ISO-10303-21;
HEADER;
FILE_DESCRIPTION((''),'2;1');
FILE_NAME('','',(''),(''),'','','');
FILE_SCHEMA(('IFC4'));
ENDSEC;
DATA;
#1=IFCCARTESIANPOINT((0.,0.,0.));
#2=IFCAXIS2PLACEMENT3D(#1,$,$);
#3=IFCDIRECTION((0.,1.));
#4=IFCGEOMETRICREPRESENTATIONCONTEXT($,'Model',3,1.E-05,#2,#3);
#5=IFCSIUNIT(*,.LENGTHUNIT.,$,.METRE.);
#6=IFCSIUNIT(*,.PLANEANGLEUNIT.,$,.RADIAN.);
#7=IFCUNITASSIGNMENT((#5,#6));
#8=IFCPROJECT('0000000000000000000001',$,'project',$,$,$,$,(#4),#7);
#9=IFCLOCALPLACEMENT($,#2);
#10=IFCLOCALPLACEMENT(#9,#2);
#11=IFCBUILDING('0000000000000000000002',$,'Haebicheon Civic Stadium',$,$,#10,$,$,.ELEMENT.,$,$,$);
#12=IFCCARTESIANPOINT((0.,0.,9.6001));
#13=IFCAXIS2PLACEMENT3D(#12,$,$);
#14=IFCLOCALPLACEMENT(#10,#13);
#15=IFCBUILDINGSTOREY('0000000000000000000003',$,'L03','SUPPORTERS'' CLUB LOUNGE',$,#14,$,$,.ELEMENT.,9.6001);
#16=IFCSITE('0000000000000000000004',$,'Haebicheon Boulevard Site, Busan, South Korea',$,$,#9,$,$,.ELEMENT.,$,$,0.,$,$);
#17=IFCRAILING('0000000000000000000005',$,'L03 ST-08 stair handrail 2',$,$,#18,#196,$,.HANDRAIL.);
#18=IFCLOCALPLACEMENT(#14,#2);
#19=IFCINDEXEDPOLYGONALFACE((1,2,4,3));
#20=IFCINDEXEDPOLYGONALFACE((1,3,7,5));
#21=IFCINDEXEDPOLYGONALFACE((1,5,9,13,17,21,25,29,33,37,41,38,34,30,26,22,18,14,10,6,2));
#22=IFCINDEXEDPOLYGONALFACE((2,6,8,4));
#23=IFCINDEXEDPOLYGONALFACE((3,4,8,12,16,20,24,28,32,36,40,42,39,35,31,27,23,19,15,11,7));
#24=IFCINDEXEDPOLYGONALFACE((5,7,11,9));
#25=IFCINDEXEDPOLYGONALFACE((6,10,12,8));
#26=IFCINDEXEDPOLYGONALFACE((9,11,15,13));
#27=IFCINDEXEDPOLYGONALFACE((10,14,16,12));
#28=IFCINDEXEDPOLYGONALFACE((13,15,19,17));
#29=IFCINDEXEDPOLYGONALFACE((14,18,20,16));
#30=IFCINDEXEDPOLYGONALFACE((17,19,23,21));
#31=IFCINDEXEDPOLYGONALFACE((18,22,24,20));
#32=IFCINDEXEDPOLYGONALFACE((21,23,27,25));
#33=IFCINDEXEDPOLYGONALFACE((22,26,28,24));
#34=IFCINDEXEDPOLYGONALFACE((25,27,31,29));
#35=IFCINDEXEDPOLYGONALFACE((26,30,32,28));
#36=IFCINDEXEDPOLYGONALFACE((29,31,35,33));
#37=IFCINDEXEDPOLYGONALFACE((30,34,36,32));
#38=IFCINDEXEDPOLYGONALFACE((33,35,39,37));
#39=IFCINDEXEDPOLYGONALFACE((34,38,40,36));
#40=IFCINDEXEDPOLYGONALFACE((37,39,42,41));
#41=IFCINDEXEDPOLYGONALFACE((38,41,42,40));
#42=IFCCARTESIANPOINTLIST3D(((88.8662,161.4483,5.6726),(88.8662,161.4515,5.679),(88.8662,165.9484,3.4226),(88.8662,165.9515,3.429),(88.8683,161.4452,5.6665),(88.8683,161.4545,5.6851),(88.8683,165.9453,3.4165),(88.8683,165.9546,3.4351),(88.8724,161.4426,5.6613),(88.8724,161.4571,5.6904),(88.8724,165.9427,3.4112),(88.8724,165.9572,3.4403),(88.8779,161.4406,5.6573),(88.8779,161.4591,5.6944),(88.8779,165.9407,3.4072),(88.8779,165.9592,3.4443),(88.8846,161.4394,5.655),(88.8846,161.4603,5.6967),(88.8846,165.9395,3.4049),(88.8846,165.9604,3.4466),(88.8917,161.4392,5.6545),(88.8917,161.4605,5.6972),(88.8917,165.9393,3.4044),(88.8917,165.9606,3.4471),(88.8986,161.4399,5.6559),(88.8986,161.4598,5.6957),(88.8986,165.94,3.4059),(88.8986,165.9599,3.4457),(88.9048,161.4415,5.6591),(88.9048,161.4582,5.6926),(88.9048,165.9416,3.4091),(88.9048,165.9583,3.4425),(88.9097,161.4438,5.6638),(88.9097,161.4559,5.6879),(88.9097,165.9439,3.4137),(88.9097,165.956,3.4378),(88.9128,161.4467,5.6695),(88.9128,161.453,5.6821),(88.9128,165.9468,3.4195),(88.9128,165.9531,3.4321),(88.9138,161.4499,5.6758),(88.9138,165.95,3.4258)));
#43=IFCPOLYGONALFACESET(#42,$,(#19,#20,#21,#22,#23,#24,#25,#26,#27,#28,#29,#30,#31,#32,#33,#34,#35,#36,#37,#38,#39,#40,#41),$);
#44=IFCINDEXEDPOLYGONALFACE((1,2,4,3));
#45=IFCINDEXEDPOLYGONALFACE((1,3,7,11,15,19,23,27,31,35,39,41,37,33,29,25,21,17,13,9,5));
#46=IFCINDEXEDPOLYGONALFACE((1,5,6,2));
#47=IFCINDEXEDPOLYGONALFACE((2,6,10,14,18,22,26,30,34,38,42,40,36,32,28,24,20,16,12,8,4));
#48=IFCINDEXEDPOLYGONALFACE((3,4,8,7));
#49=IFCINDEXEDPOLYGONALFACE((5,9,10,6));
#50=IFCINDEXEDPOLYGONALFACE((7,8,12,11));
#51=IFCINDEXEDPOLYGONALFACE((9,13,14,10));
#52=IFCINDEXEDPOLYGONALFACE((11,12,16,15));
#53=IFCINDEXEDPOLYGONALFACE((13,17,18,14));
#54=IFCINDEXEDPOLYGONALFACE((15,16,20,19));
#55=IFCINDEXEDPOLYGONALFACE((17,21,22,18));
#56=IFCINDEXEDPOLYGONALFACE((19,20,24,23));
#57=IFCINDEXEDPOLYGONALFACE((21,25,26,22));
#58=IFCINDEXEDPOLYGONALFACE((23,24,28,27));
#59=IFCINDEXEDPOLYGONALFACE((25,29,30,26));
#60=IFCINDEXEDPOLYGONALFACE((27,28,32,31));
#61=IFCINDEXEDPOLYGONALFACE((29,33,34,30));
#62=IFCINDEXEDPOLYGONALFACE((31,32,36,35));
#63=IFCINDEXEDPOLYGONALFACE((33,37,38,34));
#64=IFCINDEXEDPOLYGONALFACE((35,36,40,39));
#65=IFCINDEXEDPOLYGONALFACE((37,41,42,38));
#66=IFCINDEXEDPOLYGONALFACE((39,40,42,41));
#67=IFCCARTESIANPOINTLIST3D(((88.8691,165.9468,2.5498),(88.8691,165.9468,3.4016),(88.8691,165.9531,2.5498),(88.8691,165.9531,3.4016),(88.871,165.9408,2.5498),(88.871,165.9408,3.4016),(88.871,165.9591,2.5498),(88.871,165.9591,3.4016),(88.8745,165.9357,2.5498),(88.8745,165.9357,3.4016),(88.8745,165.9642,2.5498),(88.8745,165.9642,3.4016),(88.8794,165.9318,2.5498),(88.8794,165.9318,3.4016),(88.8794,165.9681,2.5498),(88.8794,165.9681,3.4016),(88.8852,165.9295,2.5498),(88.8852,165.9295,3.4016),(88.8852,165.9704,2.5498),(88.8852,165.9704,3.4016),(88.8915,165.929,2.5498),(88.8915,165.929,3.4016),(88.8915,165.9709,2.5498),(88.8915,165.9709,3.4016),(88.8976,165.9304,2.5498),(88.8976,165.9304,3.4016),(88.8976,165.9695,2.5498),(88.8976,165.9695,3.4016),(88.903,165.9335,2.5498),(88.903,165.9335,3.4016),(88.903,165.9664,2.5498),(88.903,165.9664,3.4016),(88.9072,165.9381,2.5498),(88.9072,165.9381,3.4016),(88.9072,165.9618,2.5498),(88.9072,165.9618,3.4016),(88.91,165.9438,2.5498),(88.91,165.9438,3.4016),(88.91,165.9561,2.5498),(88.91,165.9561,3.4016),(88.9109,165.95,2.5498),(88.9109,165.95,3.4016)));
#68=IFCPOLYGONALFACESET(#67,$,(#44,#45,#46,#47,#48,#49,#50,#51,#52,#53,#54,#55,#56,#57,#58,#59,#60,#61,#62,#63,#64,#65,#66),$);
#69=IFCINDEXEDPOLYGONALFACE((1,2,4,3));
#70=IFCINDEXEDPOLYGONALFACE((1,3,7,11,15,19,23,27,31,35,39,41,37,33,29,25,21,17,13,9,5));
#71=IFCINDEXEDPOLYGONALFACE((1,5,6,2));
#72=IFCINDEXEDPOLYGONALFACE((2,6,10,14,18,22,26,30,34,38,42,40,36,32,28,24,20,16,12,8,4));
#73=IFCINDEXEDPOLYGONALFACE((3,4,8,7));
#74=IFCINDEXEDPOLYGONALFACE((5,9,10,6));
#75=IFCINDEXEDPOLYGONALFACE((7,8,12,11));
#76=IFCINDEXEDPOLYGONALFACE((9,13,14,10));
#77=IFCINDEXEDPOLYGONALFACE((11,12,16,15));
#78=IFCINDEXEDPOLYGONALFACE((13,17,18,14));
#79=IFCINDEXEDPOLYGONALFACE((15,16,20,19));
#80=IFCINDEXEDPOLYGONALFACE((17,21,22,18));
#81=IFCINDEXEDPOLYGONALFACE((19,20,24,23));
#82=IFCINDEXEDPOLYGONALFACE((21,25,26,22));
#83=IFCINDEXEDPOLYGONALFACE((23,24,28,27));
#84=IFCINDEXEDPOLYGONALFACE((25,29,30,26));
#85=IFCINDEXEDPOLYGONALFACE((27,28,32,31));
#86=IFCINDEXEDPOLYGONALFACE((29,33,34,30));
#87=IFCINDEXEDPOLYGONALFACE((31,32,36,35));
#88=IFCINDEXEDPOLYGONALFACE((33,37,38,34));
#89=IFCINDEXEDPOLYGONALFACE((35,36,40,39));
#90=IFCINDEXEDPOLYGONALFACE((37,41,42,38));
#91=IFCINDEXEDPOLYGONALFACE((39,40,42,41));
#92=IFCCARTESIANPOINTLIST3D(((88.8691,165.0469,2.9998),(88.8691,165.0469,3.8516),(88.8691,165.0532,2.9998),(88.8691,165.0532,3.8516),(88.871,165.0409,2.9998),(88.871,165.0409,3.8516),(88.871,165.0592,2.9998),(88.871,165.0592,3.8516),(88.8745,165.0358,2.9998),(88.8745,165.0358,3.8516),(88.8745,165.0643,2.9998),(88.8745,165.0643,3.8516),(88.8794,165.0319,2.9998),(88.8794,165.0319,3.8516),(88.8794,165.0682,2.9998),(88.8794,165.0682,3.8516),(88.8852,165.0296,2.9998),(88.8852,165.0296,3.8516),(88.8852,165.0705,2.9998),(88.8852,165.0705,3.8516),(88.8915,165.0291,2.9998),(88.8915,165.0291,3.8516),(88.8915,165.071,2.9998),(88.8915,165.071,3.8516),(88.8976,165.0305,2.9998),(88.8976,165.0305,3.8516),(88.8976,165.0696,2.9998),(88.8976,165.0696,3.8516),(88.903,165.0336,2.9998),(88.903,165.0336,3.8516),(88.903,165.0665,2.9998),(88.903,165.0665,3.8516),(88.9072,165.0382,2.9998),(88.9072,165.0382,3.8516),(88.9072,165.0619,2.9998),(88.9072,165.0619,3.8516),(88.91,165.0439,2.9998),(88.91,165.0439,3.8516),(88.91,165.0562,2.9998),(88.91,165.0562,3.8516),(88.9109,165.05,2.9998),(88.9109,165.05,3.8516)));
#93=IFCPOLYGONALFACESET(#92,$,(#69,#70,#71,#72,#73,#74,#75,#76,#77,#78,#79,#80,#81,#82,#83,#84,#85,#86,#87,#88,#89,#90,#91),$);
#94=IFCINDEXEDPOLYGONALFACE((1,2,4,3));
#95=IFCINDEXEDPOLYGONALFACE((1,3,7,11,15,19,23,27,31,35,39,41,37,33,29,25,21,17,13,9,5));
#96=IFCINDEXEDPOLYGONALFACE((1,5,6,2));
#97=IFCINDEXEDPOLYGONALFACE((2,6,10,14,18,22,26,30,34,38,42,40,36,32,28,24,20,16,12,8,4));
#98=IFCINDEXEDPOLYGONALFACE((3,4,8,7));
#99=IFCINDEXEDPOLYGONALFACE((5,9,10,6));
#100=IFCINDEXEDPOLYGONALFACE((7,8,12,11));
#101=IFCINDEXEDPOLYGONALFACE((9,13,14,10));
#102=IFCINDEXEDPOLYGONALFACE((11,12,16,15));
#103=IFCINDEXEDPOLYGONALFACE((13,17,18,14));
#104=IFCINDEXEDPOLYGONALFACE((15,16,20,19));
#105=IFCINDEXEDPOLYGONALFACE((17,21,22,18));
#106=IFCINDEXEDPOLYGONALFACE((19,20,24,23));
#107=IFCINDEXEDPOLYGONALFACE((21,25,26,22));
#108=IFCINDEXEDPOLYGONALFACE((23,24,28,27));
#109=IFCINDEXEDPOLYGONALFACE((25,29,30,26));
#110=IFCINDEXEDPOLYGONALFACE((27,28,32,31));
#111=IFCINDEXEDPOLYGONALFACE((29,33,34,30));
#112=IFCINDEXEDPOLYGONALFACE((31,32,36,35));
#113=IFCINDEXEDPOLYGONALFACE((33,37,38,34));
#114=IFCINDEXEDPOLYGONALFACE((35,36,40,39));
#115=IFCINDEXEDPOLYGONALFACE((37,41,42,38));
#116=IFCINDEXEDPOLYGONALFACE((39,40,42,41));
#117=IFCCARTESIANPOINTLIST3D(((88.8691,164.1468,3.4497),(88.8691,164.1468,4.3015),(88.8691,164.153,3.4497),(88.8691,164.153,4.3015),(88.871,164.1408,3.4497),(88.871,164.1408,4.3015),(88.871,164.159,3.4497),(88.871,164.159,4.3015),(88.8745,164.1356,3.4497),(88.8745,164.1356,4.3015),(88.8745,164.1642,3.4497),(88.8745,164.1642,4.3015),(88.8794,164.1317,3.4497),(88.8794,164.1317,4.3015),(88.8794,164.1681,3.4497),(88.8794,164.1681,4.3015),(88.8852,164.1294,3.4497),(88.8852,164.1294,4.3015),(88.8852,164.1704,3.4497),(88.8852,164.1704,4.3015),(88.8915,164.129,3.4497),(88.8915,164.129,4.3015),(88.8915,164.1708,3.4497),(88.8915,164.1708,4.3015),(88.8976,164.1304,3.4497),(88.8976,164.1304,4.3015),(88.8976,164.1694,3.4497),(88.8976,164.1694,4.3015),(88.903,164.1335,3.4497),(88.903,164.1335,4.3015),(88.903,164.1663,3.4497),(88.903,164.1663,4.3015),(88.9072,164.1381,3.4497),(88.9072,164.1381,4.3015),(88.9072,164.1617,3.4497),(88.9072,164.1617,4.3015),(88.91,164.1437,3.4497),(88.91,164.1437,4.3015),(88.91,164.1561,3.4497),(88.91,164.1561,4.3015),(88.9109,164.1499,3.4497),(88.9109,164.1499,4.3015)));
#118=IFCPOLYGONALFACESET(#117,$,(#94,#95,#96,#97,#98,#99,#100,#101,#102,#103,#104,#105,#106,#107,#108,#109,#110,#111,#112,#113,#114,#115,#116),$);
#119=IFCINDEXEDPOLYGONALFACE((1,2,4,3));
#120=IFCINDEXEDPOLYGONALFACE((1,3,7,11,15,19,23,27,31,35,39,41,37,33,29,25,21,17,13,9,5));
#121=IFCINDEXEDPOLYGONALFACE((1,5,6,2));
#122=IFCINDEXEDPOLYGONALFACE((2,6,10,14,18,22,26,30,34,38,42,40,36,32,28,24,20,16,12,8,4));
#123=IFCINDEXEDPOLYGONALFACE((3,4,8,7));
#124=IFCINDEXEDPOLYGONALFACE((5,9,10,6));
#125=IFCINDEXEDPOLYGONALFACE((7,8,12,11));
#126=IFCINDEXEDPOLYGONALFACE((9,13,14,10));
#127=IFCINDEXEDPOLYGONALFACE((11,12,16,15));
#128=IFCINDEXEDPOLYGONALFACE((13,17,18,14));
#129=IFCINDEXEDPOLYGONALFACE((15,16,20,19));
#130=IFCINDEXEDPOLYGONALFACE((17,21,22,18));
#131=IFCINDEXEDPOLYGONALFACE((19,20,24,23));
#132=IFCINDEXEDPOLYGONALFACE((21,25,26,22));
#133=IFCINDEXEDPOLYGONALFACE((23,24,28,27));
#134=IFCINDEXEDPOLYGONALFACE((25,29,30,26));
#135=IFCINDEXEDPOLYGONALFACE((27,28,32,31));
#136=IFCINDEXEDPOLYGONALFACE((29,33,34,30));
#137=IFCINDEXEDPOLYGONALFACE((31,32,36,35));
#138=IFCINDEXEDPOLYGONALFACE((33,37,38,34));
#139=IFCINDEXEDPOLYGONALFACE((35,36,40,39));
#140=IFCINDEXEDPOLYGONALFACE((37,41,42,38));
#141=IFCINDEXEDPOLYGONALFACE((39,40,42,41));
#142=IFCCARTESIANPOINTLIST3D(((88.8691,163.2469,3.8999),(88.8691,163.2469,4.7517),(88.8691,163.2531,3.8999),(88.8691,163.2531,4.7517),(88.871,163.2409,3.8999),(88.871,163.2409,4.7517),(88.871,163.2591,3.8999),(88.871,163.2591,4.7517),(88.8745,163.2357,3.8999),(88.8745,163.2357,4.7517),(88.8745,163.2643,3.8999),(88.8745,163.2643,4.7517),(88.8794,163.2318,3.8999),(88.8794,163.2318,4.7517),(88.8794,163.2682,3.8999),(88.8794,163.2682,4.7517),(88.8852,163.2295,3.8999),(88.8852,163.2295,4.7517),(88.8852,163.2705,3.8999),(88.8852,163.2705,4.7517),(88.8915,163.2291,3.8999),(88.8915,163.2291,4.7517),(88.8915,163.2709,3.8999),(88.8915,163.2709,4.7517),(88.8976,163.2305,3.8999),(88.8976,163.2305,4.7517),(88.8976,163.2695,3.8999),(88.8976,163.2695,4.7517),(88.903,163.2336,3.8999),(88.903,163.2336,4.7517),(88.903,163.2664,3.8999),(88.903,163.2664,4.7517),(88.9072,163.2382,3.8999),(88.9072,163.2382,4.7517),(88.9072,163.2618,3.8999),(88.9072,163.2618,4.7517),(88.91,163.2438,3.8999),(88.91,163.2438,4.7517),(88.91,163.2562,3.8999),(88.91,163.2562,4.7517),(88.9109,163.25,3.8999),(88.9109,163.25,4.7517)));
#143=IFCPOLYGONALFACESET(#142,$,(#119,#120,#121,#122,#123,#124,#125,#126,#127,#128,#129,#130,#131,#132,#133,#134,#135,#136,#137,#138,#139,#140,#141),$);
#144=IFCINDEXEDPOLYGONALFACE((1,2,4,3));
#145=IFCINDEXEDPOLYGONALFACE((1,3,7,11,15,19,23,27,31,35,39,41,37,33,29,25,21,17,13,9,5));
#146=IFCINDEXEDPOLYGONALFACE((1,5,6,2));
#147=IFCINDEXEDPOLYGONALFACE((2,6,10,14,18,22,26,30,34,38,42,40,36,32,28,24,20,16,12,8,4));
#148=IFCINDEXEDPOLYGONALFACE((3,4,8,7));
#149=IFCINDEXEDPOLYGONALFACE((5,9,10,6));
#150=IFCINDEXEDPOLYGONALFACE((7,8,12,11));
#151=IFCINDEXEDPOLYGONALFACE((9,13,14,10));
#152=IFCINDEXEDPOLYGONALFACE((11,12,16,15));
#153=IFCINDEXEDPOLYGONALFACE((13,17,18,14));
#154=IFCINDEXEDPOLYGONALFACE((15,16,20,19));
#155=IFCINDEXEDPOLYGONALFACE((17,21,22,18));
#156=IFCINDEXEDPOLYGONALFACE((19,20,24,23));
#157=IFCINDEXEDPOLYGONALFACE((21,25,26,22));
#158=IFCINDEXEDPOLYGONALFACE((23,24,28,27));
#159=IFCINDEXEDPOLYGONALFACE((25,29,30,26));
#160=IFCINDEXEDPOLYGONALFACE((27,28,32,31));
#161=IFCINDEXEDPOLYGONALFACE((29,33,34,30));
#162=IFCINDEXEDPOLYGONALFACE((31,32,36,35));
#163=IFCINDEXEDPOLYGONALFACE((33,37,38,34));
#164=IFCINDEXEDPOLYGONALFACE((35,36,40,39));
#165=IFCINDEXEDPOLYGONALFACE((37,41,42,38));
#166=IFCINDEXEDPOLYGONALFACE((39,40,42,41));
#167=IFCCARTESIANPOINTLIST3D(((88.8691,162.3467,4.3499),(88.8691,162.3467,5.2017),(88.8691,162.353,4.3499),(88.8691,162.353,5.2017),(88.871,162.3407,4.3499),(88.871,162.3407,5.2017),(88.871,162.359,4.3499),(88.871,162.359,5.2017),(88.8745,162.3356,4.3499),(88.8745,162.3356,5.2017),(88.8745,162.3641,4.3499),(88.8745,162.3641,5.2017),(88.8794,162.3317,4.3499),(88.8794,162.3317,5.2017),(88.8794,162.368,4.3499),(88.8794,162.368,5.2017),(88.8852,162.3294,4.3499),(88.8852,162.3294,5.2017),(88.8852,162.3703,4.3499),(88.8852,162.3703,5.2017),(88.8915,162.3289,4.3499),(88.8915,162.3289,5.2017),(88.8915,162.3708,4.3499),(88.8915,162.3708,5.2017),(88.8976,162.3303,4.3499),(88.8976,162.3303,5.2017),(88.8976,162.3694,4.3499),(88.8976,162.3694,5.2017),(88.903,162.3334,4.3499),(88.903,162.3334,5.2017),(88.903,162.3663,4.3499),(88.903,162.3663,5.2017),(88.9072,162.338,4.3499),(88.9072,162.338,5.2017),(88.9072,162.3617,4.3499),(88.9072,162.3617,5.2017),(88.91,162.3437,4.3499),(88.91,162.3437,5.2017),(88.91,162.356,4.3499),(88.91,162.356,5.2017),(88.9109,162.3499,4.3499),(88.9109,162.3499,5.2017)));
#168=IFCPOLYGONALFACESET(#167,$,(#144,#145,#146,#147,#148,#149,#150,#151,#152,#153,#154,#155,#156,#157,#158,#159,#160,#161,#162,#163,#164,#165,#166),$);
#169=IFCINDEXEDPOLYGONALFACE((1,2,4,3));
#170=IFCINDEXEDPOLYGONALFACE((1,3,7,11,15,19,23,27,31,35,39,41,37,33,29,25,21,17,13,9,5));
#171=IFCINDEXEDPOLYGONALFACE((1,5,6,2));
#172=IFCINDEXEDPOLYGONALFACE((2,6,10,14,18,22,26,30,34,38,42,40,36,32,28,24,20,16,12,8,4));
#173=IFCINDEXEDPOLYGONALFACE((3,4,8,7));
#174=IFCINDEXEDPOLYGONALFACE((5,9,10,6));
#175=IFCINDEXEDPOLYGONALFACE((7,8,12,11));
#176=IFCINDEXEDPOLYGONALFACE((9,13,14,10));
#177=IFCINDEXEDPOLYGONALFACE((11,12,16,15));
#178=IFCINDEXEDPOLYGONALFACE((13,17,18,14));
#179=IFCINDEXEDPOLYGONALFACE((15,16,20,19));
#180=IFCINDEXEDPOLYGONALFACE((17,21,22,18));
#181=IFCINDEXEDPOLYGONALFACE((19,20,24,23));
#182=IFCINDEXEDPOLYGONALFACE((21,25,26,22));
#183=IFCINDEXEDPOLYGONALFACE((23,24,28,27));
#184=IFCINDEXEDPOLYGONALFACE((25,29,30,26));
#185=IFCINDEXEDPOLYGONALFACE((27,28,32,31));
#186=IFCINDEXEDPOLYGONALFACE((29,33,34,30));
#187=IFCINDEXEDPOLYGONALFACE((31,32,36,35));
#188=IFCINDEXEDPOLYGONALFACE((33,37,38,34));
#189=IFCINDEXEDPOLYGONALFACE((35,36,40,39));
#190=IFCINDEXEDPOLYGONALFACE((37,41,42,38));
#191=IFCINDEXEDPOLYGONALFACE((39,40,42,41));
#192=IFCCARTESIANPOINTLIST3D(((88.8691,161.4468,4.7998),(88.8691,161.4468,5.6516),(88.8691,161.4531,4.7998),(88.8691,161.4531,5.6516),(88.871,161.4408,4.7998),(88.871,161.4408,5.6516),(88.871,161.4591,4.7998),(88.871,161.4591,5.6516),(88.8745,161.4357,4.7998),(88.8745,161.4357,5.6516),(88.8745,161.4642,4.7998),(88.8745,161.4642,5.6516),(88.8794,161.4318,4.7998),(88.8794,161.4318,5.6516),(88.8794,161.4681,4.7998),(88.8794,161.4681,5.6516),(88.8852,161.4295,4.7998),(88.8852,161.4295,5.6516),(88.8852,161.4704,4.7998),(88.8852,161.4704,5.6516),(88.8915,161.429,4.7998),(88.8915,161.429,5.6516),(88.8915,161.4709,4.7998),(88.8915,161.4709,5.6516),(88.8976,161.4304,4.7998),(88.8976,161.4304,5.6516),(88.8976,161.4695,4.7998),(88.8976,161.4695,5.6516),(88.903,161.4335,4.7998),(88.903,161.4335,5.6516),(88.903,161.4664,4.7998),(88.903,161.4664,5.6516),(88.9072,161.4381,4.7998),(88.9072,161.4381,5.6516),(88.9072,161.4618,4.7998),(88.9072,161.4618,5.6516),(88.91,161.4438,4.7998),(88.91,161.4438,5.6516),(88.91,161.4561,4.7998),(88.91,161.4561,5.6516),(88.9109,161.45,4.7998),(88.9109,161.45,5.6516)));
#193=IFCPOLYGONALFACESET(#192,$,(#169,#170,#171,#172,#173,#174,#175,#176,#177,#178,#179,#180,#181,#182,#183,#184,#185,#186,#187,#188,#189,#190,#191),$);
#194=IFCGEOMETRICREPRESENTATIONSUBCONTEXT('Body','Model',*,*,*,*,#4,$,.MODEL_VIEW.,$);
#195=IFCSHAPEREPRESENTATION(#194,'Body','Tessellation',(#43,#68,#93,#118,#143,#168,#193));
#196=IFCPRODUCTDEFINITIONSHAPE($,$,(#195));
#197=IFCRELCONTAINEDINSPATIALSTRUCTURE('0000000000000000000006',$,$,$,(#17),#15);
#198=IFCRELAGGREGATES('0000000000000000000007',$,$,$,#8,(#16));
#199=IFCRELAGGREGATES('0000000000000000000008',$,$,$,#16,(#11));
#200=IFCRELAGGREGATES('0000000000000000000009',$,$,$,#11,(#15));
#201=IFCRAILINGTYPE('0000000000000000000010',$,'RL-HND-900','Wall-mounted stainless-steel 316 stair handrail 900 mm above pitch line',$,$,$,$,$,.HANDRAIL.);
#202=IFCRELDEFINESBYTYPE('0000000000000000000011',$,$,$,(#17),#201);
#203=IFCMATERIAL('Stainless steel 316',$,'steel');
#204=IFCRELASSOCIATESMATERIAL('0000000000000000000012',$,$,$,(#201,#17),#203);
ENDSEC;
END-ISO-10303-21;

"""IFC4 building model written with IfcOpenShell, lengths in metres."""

from ifc_helpers import new_model, si_unit, direction, frame, origin, origin_2d, place, context, subcontext, project, spatial, circle, extrude, material, type_object, element, save


model = new_model("IFC4")

# Units and contexts
model_context = context("Model", 3, precision=1e-05, world=origin(), true_north=direction((0.0, 1.0)))
body_context = subcontext(model_context, "Body", "Model", "MODEL_VIEW")
ifc_project = project(units=[si_unit("LENGTHUNIT", "METRE"), si_unit("PLANEANGLEUNIT", "RADIAN")], contexts=[model_context])

# Site, building, storey
site_placement = place(None, origin())
site = spatial("IfcSite", under=ifc_project, at=site_placement, Name="Haebicheon Boulevard Site, Busan, South Korea", CompositionType="ELEMENT", RefElevation=0.0)
building_placement = place(site_placement, origin())
building = spatial("IfcBuilding", under=site, at=building_placement, Name="Haebicheon Civic Stadium", CompositionType="ELEMENT")
storey_placement = place(building_placement, frame((0.0, 0.0, 9.6001)))
storey = spatial("IfcBuildingStorey", under=building, at=storey_placement, Name="L03", Description="SUPPORTERS' CLUB LOUNGE", CompositionType="ELEMENT", Elevation=9.6001)

# Railing
ifc_material_1 = material(Name="Stainless steel 316", Category="steel")
railing_type_1 = type_object("IfcRailingType", Name="RL-HND-900", Description="Wall-mounted stainless-steel 316 stair handrail 900 mm above pitch line", PredefinedType="HANDRAIL", material=ifc_material_1)
railing_1_placement = place(storey_placement, frame((88.8899, 165.95, 2.5498)))
element("IfcRailing", 1, at=railing_1_placement, inside=storey, type_object=railing_type_1, material=ifc_material_1, Name="L03 ST-08 stair handrail 2", PredefinedType="HANDRAIL", context=body_context, shape_type="SweptSolid", body=[
    extrude(circle(Radius=0.0239, at=origin_2d()), frame((0.0, 0.0, 0.876), z_axis=(0.0, -0.894427, 0.447214), x_axis=(1.0, 0.0, 0.0)), (0.0, 0.0, 1.0), 5.0312),
    extrude(circle(Radius=0.021, at=origin_2d()), origin(), (0.0, 0.0, 1.0), 0.8518),
    extrude(circle(Radius=0.021, at=origin_2d()), frame((0.0, -0.8999, 0.45)), (0.0, 0.0, 1.0), 0.8518),
    extrude(circle(Radius=0.021, at=origin_2d()), frame((0.0, -1.8, 0.8999)), (0.0, 0.0, 1.0), 0.8518),
    extrude(circle(Radius=0.021, at=origin_2d()), frame((0.0, -2.7, 1.3501)), (0.0, 0.0, 1.0), 0.8518),
    extrude(circle(Radius=0.021, at=origin_2d()), frame((0.0, -3.6001, 1.8)), (0.0, 0.0, 1.0), 0.8518),
    extrude(circle(Radius=0.021, at=origin_2d()), frame((0.0, -4.5, 2.25)), (0.0, 0.0, 1.0), 0.8518),
])

save(model, "model.ifc")
